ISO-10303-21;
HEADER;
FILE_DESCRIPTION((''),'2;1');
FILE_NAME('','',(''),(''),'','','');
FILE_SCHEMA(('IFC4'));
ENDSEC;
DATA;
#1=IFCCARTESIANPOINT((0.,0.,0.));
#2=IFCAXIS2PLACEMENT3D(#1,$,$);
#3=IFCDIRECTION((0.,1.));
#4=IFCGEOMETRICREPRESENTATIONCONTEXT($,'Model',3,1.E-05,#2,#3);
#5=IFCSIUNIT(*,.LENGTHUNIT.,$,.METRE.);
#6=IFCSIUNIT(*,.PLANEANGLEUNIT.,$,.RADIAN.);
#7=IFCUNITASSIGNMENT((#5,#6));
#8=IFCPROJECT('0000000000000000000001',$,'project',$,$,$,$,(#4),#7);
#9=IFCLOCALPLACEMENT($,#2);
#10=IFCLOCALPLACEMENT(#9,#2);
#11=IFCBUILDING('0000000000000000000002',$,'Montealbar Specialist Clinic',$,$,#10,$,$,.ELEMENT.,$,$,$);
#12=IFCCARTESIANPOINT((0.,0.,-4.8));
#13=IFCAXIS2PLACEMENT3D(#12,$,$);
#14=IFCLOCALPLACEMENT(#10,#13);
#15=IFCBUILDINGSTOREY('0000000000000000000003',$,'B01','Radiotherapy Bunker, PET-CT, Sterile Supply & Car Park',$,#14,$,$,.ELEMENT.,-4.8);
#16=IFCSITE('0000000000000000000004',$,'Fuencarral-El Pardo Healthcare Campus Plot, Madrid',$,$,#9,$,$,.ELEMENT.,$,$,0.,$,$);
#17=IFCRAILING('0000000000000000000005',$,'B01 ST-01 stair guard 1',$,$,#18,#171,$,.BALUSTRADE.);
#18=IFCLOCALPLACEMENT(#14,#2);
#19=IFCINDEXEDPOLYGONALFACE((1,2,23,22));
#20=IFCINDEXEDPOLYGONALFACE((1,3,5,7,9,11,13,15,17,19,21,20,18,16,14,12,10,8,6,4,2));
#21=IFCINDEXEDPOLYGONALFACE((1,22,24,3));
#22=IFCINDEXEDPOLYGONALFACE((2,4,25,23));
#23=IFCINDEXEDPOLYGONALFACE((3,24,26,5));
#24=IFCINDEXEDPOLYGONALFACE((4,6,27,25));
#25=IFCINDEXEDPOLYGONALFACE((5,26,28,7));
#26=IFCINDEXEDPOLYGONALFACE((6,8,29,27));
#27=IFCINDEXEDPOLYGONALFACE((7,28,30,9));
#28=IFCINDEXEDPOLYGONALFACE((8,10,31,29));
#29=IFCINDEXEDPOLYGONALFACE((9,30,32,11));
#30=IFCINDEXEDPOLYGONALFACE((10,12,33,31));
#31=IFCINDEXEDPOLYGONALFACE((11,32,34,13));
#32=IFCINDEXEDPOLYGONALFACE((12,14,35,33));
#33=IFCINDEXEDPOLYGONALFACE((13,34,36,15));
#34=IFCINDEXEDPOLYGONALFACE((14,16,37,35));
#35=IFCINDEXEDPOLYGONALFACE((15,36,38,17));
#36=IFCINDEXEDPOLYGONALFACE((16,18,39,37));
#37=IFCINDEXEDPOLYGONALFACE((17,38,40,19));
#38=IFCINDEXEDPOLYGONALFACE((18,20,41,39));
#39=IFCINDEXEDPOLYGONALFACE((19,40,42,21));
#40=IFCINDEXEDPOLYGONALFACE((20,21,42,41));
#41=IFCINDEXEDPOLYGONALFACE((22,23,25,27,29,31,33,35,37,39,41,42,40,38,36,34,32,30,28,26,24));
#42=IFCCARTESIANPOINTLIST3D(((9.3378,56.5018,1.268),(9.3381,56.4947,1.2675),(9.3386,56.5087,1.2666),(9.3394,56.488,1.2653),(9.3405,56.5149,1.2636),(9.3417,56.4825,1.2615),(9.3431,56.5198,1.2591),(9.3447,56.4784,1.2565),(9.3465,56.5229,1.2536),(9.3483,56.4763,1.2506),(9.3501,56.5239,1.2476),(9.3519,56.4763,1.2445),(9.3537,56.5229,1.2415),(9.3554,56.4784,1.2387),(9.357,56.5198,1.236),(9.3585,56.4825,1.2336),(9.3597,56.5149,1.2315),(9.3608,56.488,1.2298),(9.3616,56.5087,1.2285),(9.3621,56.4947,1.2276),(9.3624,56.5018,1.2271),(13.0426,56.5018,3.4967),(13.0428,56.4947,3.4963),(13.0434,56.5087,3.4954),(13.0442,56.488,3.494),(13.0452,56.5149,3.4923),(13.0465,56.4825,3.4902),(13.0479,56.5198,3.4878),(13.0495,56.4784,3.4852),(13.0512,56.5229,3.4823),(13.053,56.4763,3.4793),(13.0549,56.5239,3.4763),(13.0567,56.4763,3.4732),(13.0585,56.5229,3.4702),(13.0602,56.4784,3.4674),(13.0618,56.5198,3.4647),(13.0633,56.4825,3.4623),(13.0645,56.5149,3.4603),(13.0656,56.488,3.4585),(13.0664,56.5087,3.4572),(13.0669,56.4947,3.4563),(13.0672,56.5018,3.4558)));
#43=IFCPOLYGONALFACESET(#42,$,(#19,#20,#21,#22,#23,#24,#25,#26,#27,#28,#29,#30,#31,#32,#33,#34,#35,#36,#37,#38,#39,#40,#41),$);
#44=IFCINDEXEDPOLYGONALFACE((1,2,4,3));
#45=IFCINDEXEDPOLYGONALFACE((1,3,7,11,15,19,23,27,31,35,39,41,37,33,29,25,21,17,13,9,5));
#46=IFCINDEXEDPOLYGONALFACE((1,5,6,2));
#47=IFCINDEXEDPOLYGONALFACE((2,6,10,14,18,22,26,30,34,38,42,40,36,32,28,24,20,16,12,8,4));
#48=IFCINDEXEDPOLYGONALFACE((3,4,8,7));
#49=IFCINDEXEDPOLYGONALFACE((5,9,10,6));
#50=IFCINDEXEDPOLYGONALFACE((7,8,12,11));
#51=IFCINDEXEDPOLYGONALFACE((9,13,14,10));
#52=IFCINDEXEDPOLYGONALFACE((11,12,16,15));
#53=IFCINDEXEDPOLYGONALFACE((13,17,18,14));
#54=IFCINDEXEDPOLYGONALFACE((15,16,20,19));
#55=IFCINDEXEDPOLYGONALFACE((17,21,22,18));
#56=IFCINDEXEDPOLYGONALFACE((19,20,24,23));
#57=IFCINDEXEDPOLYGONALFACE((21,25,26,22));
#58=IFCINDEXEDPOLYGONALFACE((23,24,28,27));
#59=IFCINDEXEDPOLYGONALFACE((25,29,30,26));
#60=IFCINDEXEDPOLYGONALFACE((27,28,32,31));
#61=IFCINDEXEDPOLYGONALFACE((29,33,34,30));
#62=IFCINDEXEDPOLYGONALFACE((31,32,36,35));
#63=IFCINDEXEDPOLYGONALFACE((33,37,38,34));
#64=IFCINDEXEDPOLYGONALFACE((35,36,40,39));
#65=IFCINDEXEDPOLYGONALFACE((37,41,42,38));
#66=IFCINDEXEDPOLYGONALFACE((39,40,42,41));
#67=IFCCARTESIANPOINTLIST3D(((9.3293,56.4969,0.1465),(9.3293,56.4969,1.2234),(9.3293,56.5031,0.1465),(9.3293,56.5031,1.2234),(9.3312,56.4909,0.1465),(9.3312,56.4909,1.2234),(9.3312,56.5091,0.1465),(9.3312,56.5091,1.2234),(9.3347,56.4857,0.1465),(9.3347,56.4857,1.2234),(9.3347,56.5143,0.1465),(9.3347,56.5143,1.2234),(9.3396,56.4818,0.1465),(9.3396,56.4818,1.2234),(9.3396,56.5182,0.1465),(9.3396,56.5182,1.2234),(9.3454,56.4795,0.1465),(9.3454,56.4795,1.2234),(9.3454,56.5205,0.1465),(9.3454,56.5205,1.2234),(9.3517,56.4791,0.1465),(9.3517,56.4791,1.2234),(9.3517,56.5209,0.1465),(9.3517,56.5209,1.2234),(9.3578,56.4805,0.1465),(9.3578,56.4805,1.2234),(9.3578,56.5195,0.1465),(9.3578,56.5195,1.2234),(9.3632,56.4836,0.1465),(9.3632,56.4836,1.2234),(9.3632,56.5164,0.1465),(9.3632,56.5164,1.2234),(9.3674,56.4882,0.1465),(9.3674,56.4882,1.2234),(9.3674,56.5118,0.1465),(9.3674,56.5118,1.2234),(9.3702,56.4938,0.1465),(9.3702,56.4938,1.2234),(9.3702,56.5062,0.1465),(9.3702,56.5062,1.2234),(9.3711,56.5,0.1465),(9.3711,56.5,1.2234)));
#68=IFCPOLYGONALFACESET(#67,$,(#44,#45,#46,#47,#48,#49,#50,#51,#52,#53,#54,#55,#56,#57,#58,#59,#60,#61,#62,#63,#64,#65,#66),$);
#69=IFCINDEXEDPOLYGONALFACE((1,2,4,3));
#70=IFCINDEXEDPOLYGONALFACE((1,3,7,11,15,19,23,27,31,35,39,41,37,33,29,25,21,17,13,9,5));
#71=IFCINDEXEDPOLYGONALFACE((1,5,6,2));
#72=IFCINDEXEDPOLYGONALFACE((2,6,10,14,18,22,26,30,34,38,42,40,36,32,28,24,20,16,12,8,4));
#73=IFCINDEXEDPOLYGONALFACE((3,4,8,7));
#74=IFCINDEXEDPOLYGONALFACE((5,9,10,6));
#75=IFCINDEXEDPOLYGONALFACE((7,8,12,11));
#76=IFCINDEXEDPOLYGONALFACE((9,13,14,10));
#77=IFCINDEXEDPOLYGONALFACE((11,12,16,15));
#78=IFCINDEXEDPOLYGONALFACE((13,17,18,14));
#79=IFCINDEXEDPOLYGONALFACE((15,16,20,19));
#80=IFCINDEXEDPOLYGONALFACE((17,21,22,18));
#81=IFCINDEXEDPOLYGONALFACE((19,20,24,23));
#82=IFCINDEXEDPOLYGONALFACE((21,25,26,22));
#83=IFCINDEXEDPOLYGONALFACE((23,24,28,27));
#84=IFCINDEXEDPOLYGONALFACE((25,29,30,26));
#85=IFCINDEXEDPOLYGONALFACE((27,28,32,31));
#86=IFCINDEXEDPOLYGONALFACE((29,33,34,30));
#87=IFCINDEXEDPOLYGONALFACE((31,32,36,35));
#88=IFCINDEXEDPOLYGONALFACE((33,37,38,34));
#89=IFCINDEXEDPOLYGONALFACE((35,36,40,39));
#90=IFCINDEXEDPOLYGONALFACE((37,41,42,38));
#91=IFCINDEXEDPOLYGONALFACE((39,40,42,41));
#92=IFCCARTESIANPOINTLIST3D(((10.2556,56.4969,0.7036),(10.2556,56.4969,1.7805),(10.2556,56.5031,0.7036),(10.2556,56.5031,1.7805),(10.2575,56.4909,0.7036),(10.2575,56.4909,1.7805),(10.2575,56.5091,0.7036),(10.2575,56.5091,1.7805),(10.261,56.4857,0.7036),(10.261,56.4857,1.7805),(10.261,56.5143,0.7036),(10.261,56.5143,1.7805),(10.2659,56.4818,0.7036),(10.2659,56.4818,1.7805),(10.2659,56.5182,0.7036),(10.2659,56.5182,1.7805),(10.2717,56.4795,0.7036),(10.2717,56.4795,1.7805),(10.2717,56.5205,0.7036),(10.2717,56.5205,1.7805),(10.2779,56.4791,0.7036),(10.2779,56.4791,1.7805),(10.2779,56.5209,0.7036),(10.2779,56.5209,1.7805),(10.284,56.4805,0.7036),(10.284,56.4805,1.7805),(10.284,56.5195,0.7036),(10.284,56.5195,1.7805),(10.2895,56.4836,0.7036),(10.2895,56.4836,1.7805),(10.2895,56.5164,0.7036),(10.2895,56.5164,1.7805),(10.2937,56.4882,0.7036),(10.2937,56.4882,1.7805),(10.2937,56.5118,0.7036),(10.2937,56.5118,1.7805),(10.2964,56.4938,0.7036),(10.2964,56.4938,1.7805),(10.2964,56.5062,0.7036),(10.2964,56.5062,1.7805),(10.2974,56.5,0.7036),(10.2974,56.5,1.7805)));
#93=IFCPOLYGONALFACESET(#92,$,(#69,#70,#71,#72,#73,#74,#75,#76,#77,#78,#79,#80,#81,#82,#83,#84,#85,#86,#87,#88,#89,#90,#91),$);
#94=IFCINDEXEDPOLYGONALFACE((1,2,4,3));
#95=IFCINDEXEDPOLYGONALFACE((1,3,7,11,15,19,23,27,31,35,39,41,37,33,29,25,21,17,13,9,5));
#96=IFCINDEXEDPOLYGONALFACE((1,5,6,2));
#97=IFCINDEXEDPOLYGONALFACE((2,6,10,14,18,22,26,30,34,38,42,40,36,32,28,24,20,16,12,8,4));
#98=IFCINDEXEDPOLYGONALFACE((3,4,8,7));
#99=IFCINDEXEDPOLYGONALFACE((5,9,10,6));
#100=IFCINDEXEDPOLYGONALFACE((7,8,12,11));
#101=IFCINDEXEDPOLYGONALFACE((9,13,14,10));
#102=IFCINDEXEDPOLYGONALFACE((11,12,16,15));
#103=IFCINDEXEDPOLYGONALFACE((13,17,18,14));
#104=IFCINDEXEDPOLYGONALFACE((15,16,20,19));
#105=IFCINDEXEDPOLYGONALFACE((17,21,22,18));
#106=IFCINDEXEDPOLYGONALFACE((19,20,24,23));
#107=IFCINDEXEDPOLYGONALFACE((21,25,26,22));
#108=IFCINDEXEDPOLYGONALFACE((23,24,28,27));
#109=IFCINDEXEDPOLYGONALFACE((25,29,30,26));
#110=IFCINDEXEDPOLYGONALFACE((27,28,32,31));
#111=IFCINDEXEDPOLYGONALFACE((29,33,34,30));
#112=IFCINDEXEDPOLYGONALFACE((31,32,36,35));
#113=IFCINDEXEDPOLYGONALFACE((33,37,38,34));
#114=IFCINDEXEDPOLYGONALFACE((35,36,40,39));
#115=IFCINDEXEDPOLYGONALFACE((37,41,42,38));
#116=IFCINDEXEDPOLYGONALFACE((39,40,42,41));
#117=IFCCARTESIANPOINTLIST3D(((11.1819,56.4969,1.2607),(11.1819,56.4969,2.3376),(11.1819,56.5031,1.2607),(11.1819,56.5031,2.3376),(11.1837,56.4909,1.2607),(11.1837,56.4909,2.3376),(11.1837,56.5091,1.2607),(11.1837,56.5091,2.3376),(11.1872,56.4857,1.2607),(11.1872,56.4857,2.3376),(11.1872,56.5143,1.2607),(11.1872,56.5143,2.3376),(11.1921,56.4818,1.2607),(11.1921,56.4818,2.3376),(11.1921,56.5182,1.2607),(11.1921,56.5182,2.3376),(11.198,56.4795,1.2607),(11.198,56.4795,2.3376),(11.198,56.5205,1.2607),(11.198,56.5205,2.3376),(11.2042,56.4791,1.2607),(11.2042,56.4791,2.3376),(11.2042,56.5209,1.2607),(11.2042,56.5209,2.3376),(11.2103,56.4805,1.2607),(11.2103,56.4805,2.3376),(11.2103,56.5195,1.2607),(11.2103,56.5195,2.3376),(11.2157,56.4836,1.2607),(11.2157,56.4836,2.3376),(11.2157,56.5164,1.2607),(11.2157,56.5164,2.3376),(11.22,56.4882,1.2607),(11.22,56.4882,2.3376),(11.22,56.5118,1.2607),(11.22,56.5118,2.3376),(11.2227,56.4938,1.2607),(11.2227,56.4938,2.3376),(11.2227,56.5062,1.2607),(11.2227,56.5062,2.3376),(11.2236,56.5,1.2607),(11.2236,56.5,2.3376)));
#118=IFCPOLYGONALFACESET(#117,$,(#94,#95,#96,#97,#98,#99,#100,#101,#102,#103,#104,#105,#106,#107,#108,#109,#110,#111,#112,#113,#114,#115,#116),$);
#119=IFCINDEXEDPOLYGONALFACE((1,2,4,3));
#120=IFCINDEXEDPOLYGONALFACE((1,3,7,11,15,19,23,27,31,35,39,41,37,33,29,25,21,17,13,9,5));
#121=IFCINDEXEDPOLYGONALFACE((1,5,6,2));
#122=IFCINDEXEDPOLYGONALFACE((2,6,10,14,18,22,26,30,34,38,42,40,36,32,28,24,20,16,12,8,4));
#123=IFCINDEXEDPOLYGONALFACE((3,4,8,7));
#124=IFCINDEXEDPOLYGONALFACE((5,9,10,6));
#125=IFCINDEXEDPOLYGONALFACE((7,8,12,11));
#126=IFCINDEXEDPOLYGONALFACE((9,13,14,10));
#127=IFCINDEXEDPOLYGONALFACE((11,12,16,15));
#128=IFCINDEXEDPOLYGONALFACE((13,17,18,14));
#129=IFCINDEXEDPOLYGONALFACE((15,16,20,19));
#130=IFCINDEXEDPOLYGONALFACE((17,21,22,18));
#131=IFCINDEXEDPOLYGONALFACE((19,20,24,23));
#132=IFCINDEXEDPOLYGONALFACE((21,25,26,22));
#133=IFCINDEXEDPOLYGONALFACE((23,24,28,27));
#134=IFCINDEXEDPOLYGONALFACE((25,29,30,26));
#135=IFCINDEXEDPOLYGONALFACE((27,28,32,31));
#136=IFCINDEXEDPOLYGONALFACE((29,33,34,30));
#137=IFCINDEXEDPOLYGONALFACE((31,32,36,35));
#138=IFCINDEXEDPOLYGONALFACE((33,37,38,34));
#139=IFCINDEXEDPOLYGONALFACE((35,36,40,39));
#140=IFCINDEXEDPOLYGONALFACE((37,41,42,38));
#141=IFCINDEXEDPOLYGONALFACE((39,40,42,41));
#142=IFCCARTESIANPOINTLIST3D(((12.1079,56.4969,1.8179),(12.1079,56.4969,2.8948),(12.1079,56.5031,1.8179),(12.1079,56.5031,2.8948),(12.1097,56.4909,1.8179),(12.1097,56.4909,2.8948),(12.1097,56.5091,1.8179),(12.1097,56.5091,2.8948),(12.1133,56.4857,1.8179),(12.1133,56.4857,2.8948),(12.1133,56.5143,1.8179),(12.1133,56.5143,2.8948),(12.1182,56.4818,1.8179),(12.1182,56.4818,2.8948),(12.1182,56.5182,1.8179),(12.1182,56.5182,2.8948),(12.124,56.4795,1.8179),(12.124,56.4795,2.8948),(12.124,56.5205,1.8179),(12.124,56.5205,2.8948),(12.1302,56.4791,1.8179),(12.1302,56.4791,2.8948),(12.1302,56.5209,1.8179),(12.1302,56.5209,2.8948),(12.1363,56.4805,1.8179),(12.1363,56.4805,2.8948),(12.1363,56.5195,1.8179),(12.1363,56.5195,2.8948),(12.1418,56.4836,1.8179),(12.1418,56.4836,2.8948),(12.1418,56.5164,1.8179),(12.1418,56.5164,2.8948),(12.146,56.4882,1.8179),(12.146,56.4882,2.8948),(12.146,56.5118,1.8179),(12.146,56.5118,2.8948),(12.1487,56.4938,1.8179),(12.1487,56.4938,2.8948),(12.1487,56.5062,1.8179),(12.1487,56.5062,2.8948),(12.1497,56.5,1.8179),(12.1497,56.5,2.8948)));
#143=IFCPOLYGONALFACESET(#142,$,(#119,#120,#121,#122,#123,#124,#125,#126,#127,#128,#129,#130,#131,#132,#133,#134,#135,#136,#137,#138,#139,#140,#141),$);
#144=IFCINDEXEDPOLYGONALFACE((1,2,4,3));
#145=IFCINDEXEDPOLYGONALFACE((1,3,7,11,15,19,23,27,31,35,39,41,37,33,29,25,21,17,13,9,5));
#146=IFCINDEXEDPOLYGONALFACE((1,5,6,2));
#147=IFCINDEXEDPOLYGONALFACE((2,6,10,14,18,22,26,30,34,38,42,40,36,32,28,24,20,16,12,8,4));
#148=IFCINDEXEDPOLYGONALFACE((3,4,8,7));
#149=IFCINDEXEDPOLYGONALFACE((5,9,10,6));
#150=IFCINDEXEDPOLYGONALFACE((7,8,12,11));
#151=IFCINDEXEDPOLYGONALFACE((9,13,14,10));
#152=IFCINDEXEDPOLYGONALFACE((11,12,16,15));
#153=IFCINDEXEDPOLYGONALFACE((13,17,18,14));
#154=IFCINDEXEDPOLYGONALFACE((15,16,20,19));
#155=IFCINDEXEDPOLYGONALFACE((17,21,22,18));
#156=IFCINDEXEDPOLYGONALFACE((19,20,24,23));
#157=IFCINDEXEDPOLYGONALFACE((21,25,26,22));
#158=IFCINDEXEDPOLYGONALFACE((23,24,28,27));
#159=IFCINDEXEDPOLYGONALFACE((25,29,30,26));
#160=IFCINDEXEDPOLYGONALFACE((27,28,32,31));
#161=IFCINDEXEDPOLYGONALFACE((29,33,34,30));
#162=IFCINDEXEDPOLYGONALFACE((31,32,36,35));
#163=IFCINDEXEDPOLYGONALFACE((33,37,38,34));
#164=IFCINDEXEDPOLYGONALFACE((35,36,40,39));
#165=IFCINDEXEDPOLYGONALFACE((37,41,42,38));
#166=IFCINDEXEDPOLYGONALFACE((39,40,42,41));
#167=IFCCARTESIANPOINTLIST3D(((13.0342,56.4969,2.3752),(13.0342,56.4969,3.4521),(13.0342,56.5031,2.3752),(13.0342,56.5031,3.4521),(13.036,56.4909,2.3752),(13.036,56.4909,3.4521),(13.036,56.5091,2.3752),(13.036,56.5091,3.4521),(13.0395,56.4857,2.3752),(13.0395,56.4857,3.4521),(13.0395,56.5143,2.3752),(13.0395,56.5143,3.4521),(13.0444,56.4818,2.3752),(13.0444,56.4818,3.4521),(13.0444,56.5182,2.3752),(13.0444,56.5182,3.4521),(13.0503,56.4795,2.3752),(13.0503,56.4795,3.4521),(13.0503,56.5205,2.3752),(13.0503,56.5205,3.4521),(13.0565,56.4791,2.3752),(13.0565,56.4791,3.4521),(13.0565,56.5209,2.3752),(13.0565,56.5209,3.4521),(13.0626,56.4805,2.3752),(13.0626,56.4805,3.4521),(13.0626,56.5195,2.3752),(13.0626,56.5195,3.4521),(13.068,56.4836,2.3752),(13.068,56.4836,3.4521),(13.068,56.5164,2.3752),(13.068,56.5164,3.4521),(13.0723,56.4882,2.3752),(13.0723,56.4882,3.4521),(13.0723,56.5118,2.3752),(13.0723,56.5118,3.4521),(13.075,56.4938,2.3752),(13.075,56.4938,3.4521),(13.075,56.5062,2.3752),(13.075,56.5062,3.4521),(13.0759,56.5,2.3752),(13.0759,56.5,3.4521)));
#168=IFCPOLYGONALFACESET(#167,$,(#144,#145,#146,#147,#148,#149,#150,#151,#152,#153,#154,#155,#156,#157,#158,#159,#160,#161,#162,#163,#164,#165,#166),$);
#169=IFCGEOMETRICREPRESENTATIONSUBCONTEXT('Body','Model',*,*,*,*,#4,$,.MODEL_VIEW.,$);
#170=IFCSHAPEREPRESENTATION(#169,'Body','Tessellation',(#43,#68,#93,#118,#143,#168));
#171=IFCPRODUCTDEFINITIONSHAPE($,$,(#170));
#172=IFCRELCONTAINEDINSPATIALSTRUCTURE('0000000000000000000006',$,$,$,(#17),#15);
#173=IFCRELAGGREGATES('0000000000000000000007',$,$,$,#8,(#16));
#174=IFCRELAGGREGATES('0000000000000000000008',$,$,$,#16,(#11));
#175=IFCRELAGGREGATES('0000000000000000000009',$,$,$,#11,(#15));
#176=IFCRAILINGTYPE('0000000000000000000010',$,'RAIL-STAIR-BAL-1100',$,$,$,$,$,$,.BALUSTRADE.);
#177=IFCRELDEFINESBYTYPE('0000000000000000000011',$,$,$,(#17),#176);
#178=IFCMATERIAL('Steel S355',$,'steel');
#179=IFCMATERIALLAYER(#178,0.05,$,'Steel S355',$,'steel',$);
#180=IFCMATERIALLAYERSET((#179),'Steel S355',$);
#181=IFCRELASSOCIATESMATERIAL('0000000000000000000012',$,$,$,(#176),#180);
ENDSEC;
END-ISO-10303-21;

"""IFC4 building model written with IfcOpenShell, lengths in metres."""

from ifc_helpers import new_model, si_unit, direction, frame, origin, origin_2d, place, context, subcontext, project, spatial, circle, extrude, material, layer, layer_set, type_object, element, save


model = new_model("IFC4")

# Units and contexts
model_context = context("Model", 3, precision=1e-05, world=origin(), true_north=direction((0.0, 1.0)))
body_context = subcontext(model_context, "Body", "Model", "MODEL_VIEW")
ifc_project = project(units=[si_unit("LENGTHUNIT", "METRE"), si_unit("PLANEANGLEUNIT", "RADIAN")], contexts=[model_context])

# Site, building, storey
site_placement = place(None, origin())
site = spatial("IfcSite", under=ifc_project, at=site_placement, Name="Fuencarral-El Pardo Healthcare Campus Plot, Madrid", CompositionType="ELEMENT", RefElevation=0.0)
building_placement = place(site_placement, origin())
building = spatial("IfcBuilding", under=site, at=building_placement, Name="Montealbar Specialist Clinic", CompositionType="ELEMENT")
storey_placement = place(building_placement, frame((0.0, 0.0, -4.8)))
storey = spatial("IfcBuildingStorey", under=building, at=storey_placement, Name="B01", Description="Radiotherapy Bunker, PET-CT, Sterile Supply & Car Park", CompositionType="ELEMENT", Elevation=-4.8)

# Shared definitions
ifc_material_1 = material(Name="Steel S355", Category="steel")

# Railing
ifc_layer_1 = layer(ifc_material_1, 0.05, Name="Steel S355", Category="steel")
ifc_layer_set_1 = layer_set([ifc_layer_1], Name="Steel S355")
railing_type_1 = type_object("IfcRailingType", Name="RAIL-STAIR-BAL-1100", PredefinedType="BALUSTRADE", material=ifc_layer_set_1)
railing_1_placement = place(storey_placement, frame((9.3501, 56.5, 0.1714)))
element("IfcRailing", 1, at=railing_1_placement, inside=storey, type_object=railing_type_1, Name="B01 ST-01 stair guard 1", PredefinedType="BALUSTRADE", context=body_context, shape_type="SweptSolid", body=[
    extrude(circle(Radius=0.0239, at=origin_2d()), frame((0.0, 0.0, 1.0762), z_axis=(0.856894, 0.0, 0.515492), x_axis=(0.0, 1.0, 0.0)), (0.0, 0.0, 1.0), 4.3235),
    extrude(circle(Radius=0.021, at=origin_2d()), frame((0.0, 0.0, -0.0249)), (0.0, 0.0, 1.0), 1.0769),
    extrude(circle(Radius=0.021, at=origin_2d()), frame((0.9263, 0.0, 0.5322)), (0.0, 0.0, 1.0), 1.0769),
    extrude(circle(Radius=0.021, at=origin_2d()), frame((1.8525, 0.0, 1.0894)), (0.0, 0.0, 1.0), 1.0769),
    extrude(circle(Radius=0.021, at=origin_2d()), frame((2.7786, 0.0, 1.6465)), (0.0, 0.0, 1.0), 1.0769),
    extrude(circle(Radius=0.021, at=origin_2d()), frame((3.7048, 0.0, 2.2039)), (0.0, 0.0, 1.0), 1.0769),
])

save(model, "model.ifc")
